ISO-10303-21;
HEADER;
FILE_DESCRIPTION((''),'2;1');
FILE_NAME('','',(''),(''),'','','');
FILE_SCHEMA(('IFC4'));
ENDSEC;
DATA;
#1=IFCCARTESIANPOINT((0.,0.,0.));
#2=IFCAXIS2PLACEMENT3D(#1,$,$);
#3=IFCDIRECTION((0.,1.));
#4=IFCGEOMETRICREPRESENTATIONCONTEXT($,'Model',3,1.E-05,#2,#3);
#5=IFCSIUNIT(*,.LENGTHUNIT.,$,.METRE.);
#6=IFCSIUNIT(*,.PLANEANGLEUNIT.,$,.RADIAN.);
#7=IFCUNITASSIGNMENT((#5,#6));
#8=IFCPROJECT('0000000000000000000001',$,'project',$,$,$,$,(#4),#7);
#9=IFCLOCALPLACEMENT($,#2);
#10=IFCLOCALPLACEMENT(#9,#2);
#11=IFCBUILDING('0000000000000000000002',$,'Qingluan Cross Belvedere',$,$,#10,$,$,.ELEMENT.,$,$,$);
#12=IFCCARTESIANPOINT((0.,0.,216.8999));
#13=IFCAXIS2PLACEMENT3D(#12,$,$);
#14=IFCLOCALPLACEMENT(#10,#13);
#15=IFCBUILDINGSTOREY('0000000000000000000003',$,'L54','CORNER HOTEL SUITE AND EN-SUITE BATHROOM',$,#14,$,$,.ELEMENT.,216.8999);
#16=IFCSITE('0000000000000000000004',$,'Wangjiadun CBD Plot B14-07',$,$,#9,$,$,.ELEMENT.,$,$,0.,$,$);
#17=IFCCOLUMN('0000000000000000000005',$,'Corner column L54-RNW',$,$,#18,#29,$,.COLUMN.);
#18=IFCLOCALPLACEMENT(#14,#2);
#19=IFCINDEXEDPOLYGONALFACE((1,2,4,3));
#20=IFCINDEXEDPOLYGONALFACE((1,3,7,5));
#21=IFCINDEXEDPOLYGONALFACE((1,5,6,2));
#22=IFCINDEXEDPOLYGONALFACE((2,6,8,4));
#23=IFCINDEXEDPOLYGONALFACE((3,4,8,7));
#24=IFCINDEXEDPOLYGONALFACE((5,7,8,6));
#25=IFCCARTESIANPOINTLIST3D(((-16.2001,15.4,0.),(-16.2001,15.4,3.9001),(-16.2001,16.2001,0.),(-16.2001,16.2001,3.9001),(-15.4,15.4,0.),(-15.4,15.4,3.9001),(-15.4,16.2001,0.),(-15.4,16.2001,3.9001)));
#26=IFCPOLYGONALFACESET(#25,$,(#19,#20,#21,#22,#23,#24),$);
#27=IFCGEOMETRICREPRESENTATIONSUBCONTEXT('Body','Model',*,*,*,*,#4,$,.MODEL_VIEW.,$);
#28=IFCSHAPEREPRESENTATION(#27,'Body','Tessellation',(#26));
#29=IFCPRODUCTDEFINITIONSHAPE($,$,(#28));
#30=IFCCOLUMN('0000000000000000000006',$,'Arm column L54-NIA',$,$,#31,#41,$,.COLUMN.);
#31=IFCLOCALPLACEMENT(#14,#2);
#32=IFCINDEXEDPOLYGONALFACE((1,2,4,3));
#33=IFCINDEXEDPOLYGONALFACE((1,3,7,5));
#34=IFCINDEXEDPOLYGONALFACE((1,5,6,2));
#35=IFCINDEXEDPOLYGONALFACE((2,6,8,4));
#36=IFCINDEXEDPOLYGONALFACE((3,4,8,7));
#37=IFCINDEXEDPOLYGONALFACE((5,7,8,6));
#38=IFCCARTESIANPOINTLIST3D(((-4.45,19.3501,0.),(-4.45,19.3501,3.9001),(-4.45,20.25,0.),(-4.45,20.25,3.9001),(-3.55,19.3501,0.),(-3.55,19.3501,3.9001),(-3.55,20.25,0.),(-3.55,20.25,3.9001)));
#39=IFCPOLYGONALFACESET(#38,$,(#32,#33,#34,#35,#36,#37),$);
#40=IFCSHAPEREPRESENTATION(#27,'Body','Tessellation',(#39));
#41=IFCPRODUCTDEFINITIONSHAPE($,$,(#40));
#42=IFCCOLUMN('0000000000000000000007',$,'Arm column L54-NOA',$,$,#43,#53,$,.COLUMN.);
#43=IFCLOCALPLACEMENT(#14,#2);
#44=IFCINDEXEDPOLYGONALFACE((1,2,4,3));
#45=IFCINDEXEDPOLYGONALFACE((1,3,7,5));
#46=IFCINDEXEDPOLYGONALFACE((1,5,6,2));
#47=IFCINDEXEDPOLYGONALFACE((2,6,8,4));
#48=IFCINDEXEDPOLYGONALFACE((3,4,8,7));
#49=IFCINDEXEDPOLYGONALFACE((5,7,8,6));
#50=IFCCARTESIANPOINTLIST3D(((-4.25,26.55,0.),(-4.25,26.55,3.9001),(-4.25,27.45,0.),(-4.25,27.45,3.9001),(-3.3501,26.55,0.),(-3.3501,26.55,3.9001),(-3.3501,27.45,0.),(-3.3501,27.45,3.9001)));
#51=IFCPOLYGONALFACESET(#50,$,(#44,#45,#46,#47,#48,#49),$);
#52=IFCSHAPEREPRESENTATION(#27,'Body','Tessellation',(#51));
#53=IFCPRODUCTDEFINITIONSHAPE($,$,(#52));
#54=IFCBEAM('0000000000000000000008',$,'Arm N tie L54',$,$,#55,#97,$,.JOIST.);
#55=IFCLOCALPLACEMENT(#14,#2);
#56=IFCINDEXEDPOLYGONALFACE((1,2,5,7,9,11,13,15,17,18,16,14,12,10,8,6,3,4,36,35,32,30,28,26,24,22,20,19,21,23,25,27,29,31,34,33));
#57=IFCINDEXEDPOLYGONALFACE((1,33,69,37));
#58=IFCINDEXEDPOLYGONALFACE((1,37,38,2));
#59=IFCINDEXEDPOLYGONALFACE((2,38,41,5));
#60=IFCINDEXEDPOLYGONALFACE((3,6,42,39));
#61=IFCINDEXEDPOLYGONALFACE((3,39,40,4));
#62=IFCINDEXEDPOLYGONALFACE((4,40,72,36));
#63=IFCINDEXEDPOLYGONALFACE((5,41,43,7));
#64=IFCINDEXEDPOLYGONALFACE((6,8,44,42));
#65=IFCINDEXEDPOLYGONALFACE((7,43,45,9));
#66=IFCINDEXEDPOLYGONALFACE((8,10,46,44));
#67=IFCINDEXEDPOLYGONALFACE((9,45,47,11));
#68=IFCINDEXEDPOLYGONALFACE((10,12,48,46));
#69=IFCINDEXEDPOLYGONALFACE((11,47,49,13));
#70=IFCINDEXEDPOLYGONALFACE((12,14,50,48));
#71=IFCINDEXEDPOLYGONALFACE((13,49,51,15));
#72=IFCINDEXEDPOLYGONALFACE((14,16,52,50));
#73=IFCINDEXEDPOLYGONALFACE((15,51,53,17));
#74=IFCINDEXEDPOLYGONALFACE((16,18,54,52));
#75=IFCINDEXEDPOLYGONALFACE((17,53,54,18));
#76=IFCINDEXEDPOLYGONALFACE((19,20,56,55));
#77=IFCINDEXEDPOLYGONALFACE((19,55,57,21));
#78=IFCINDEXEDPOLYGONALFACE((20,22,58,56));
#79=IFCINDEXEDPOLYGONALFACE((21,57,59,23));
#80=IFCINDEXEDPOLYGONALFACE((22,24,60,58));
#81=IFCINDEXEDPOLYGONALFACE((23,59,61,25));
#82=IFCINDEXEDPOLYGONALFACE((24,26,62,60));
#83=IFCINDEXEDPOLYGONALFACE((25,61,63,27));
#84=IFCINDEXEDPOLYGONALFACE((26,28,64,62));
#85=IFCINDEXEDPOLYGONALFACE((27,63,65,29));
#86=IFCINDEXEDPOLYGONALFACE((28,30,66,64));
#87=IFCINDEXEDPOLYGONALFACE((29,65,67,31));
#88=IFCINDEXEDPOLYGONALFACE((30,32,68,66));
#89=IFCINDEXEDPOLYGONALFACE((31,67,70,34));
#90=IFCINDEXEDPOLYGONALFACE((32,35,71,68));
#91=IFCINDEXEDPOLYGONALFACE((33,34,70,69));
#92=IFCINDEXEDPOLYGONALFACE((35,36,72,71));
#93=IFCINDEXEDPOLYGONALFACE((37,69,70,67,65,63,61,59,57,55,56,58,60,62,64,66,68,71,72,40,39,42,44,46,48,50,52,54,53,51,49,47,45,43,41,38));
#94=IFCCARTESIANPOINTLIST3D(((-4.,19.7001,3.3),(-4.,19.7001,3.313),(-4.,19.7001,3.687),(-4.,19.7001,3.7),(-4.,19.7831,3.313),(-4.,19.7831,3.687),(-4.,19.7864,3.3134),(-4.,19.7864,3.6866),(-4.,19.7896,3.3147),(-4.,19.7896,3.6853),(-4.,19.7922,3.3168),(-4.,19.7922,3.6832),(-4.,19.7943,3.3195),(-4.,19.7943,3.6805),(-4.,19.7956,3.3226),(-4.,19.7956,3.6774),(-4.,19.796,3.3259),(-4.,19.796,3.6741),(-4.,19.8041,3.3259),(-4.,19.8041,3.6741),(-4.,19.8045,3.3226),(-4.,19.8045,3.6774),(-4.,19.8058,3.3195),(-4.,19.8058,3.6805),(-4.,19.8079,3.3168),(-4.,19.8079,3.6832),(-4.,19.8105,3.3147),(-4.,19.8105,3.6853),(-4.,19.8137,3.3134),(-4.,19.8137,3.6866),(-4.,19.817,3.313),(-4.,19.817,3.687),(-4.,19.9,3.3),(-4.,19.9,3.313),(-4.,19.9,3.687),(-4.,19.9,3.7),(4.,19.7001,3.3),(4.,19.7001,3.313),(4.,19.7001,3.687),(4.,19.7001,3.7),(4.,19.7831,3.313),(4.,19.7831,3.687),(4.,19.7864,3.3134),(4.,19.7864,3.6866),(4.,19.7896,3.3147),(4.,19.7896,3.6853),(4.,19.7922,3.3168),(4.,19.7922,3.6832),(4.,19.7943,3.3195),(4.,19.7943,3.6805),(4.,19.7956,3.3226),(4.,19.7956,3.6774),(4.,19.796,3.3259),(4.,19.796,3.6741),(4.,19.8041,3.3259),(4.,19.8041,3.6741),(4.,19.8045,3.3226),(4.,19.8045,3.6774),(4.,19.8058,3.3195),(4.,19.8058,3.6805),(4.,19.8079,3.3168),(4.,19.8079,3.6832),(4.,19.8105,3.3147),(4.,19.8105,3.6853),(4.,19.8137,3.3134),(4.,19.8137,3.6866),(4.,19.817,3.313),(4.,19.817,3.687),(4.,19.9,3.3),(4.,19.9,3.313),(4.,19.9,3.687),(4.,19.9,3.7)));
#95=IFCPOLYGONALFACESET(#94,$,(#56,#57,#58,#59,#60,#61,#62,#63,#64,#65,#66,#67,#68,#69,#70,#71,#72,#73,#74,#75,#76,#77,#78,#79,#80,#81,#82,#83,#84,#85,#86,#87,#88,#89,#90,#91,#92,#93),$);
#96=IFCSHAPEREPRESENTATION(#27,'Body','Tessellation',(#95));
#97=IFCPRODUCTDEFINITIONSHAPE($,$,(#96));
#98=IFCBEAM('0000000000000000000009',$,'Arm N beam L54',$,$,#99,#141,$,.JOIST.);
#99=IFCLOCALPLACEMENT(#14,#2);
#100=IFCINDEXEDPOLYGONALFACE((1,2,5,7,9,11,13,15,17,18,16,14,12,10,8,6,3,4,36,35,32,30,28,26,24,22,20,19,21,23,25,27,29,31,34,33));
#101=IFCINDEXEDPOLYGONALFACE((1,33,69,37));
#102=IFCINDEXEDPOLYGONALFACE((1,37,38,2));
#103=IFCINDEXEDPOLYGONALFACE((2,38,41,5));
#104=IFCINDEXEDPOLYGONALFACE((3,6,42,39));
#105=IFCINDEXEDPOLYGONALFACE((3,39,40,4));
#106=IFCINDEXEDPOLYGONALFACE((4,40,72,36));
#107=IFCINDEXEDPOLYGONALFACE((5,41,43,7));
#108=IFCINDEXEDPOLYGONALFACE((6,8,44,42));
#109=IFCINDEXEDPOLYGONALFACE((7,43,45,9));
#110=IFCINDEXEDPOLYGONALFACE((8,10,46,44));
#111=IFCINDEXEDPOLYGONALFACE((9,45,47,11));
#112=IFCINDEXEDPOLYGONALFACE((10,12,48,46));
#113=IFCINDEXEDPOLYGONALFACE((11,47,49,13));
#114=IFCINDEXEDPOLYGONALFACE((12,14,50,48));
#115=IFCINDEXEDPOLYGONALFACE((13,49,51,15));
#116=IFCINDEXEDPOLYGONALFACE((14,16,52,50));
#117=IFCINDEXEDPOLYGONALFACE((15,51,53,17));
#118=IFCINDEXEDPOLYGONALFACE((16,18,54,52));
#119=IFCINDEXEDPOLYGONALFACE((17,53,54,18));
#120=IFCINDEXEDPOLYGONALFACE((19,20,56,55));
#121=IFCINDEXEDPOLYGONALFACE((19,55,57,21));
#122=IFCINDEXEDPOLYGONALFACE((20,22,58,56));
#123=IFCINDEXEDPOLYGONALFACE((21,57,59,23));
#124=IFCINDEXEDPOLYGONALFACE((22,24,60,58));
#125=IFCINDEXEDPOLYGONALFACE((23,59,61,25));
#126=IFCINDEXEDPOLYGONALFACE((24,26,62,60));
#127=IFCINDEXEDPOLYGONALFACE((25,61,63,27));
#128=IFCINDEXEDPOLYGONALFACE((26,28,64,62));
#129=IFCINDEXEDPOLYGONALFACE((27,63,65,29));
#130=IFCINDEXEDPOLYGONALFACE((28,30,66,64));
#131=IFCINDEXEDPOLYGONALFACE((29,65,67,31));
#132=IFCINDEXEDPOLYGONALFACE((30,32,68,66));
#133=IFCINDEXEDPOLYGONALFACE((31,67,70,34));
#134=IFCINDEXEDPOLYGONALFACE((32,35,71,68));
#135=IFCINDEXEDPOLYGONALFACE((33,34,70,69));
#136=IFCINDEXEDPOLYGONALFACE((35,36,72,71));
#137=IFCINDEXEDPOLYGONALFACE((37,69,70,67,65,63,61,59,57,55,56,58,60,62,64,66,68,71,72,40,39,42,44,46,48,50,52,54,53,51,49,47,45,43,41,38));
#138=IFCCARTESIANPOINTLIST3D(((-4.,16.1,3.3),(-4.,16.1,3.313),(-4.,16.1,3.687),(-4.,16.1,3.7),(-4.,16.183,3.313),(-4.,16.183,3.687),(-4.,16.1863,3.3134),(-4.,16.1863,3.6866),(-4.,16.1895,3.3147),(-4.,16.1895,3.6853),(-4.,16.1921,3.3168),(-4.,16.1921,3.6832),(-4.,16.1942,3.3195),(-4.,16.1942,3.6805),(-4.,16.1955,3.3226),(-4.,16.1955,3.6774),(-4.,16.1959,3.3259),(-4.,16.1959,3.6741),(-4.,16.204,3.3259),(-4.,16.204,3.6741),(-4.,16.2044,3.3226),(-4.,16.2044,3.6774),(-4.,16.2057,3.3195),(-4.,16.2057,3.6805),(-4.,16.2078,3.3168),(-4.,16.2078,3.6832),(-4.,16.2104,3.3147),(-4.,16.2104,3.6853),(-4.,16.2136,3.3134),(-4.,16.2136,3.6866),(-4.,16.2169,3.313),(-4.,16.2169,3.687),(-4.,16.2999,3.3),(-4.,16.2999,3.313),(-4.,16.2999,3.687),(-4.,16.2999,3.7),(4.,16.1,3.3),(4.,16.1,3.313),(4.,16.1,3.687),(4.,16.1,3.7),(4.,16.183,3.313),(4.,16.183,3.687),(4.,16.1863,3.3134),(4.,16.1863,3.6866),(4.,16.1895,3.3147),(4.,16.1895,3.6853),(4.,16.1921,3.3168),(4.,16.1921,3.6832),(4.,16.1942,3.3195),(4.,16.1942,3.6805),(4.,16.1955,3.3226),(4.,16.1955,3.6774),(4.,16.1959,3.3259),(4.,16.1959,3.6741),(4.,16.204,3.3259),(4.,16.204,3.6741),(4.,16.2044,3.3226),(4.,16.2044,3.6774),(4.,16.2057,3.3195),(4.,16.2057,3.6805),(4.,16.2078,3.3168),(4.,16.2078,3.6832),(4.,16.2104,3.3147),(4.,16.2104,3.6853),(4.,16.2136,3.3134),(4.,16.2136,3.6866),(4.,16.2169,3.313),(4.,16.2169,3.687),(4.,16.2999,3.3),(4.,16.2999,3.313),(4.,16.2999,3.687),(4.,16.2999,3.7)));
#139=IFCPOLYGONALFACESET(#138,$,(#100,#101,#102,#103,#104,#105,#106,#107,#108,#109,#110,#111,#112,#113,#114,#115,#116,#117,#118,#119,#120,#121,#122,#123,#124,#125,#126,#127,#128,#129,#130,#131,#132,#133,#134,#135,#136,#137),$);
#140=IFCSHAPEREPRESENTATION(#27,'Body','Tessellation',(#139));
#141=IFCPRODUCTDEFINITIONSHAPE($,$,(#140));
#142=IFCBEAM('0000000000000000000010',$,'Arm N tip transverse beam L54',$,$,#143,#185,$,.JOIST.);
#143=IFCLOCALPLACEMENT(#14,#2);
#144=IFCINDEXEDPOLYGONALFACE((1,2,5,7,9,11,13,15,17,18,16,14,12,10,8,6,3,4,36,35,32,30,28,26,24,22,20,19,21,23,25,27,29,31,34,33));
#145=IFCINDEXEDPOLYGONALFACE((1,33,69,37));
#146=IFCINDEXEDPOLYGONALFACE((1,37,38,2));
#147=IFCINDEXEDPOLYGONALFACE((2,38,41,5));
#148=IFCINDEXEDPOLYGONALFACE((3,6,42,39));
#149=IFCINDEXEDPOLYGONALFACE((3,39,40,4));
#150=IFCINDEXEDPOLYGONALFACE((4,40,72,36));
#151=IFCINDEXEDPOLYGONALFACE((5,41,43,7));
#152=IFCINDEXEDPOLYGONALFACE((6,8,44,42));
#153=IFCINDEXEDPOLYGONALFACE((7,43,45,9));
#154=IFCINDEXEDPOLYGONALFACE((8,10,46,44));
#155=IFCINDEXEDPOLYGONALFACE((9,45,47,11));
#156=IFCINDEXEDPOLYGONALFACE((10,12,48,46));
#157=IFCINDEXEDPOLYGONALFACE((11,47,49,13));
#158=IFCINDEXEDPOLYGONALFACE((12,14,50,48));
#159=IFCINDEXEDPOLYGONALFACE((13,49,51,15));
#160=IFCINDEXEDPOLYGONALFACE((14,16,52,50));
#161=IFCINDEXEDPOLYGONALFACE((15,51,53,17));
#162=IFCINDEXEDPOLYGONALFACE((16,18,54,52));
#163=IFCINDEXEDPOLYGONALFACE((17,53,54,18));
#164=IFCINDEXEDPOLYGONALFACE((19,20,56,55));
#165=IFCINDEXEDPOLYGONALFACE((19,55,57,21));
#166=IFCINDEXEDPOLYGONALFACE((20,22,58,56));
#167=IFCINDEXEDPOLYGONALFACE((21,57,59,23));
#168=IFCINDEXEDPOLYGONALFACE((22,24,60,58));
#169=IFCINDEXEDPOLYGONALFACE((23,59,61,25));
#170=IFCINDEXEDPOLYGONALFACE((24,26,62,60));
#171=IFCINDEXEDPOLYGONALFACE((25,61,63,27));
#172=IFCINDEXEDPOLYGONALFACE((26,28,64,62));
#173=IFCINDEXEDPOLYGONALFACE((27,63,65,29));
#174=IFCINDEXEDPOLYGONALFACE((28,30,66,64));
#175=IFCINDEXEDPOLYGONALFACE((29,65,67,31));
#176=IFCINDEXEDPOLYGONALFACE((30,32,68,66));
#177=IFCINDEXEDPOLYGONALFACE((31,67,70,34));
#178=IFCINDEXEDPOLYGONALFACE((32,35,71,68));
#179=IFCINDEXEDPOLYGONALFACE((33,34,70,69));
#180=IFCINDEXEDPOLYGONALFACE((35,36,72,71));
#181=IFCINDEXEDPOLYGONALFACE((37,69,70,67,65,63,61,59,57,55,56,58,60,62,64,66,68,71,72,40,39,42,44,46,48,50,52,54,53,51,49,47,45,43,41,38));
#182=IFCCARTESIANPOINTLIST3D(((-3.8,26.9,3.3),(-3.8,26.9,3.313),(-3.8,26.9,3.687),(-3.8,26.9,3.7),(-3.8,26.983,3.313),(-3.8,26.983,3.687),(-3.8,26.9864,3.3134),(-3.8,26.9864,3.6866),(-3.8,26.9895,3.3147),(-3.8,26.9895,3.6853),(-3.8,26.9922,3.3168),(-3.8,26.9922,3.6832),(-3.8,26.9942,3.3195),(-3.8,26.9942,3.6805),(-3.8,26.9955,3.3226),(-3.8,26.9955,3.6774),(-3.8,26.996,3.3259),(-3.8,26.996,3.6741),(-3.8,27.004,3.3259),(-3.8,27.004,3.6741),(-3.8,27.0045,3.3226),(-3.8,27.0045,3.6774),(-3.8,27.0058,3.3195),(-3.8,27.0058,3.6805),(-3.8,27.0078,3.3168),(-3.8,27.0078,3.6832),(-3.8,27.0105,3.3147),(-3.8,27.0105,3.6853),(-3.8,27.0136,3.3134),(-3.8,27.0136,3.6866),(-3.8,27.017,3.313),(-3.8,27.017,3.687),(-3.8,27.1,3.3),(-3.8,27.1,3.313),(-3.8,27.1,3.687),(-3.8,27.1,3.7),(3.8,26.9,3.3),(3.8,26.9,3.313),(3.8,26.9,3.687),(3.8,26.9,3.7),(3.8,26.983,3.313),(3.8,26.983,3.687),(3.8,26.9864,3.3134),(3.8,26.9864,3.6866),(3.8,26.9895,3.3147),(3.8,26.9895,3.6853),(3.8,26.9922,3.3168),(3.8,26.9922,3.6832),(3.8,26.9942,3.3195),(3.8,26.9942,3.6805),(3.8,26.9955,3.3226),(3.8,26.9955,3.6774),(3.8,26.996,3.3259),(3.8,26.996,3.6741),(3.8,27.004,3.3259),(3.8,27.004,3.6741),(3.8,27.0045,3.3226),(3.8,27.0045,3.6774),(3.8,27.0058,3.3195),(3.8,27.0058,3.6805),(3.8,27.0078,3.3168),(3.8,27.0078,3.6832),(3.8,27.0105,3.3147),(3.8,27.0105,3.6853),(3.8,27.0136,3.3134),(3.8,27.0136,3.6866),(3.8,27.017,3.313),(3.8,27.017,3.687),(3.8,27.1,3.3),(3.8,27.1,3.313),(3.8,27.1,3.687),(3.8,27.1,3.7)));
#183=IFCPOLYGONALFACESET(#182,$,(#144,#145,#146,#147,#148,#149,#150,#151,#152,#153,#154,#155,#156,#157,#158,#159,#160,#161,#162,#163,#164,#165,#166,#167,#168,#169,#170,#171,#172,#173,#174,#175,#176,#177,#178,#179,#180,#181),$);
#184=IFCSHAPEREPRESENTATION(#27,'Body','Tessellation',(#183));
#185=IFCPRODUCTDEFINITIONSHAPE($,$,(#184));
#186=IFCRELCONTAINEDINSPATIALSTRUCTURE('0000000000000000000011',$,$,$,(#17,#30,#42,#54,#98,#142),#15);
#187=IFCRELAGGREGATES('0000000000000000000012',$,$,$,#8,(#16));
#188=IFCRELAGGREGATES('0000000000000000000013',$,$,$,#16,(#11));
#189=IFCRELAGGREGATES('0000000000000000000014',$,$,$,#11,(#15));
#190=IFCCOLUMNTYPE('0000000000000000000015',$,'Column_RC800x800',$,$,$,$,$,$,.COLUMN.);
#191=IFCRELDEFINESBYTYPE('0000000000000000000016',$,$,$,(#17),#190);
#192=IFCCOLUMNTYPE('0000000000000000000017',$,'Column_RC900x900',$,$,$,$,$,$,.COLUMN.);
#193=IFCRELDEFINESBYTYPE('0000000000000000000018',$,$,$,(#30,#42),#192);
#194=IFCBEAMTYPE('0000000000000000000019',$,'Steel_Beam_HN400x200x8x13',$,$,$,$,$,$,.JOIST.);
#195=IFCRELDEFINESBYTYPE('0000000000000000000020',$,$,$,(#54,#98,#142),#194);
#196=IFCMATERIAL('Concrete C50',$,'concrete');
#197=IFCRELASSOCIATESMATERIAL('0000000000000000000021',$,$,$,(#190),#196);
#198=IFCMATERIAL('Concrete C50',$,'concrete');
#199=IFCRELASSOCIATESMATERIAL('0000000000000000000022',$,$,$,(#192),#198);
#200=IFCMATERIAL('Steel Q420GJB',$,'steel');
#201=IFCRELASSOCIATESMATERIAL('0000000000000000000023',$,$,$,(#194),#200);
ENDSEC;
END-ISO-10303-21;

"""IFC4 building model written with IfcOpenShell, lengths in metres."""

from ifc_helpers import new_model, si_unit, direction, frame, origin, origin_2d, place, context, subcontext, project, spatial, rectangle, i_section, extrude, material, material_profile, profile_set, type_object, element, save


model = new_model("IFC4")

# Units and contexts
model_context = context("Model", 3, precision=1e-05, world=origin(), true_north=direction((0.0, 1.0)))
body_context = subcontext(model_context, "Body", "Model", "MODEL_VIEW")
ifc_project = project(units=[si_unit("LENGTHUNIT", "METRE"), si_unit("PLANEANGLEUNIT", "RADIAN")], contexts=[model_context])

# Site, building, storey
site_placement = place(None, origin())
site = spatial("IfcSite", under=ifc_project, at=site_placement, Name="Wangjiadun CBD Plot B14-07", CompositionType="ELEMENT", RefElevation=0.0)
building_placement = place(site_placement, origin())
building = spatial("IfcBuilding", under=site, at=building_placement, Name="Qingluan Cross Belvedere", CompositionType="ELEMENT")
storey_placement = place(building_placement, frame((0.0, 0.0, 216.8999)))
storey = spatial("IfcBuildingStorey", under=building, at=storey_placement, Name="L54", Description="CORNER HOTEL SUITE AND EN-SUITE BATHROOM", CompositionType="ELEMENT", Elevation=216.8999)

# Columns
ifc_material_1 = material(Name="Concrete C50", Category="concrete")
ifc_material_profile_1 = material_profile(ifc_material_1, rectangle(XDim=0.8, YDim=0.8, at=origin_2d()), Name="RC800x800")
ifc_profile_set_1 = profile_set([ifc_material_profile_1], Name="Concrete C50")
column_type_1 = type_object("IfcColumnType", Name="Column_RC800x800", PredefinedType="COLUMN", material=ifc_profile_set_1)
column_placement = place(storey_placement, frame((-15.8, 15.8, 0.0), z_axis=(0.0, 0.0, 1.0), x_axis=(1.0, 0.0, 0.0)))
element("IfcColumn", 1, at=column_placement, inside=storey, type_object=column_type_1, Name="Corner column L54-RNW", PredefinedType="COLUMN", context=body_context, shape_type="SweptSolid", body=[
    extrude(rectangle(XDim=0.8, YDim=0.8, at=origin_2d()), origin(), (0.0, 0.0, 1.0), 3.9001),
])
ifc_material_2 = material(Name="Concrete C50", Category="concrete")
ifc_material_profile_2 = material_profile(ifc_material_2, rectangle(XDim=0.8999, YDim=0.8999, at=origin_2d()), Name="RC900x900")
ifc_profile_set_2 = profile_set([ifc_material_profile_2], Name="Concrete C50")
column_type_2 = type_object("IfcColumnType", Name="Column_RC900x900", PredefinedType="COLUMN", material=ifc_profile_set_2)
for number, where, z_axis, x_axis, name in (
    (2, (-4.0, 19.8, 0.0), (0.0, 0.0, 1.0), (1.0, 0.0, 0.0), "Arm column L54-NIA"),
    (3, (-3.8, 27.0, 0.0), (0.0, 0.0, 1.0), (1.0, 0.0, 0.0), "Arm column L54-NOA"),
):
    element("IfcColumn", number, at=place(storey_placement, frame(where, z_axis=z_axis, x_axis=x_axis)), inside=storey, type_object=column_type_2, Name=name, PredefinedType="COLUMN", context=body_context, shape_type="SweptSolid", body=[
        extrude(rectangle(XDim=0.8999, YDim=0.8999, at=origin_2d()), origin(), (0.0, 0.0, 1.0), 3.9001),
    ])

# Beams
ifc_material_3 = material(Name="Steel Q420GJB", Category="steel")
ifc_material_profile_3 = material_profile(ifc_material_3, i_section(OverallWidth=0.2, OverallDepth=0.3999, WebThickness=0.0081, FlangeThickness=0.0129, FilletRadius=0.0129, at=origin_2d()), Name="HN400x200x8x13")
ifc_profile_set_3 = profile_set([ifc_material_profile_3], Name="Steel Q420GJB")
beam_type_1 = type_object("IfcBeamType", Name="Steel_Beam_HN400x200x8x13", PredefinedType="JOIST", material=ifc_profile_set_3)
for number, where, z_axis, x_axis, name in (
    (4, (-4.0, 19.8, 3.5), (1.0, 0.0, 0.0), (0.0, 1.0, 0.0), "Arm N tie L54"),
    (5, (-4.0, 16.2, 3.5), (1.0, 0.0, 0.0), (0.0, 1.0, 0.0), "Arm N beam L54"),
):
    element("IfcBeam", number, at=place(storey_placement, frame(where, z_axis=z_axis, x_axis=x_axis)), inside=storey, type_object=beam_type_1, Name=name, PredefinedType="JOIST", context=body_context, shape_type="SweptSolid", body=[
        extrude(i_section(OverallWidth=0.2, OverallDepth=0.3999, WebThickness=0.0081, FlangeThickness=0.0129, FilletRadius=0.0129, at=origin_2d()), origin(), (0.0, 0.0, 1.0), 8.0),
    ])
beam_1_placement = place(storey_placement, frame((-3.8, 27.0, 3.5), z_axis=(1.0, 0.0, 0.0), x_axis=(0.0, 1.0, 0.0)))
element("IfcBeam", 6, at=beam_1_placement, inside=storey, type_object=beam_type_1, Name="Arm N tip transverse beam L54", PredefinedType="JOIST", context=body_context, shape_type="SweptSolid", body=[
    extrude(i_section(OverallWidth=0.2, OverallDepth=0.3999, WebThickness=0.0081, FlangeThickness=0.0129, FilletRadius=0.0129, at=origin_2d()), origin(), (0.0, 0.0, 1.0), 7.6001),
])

save(model, "model.ifc")
